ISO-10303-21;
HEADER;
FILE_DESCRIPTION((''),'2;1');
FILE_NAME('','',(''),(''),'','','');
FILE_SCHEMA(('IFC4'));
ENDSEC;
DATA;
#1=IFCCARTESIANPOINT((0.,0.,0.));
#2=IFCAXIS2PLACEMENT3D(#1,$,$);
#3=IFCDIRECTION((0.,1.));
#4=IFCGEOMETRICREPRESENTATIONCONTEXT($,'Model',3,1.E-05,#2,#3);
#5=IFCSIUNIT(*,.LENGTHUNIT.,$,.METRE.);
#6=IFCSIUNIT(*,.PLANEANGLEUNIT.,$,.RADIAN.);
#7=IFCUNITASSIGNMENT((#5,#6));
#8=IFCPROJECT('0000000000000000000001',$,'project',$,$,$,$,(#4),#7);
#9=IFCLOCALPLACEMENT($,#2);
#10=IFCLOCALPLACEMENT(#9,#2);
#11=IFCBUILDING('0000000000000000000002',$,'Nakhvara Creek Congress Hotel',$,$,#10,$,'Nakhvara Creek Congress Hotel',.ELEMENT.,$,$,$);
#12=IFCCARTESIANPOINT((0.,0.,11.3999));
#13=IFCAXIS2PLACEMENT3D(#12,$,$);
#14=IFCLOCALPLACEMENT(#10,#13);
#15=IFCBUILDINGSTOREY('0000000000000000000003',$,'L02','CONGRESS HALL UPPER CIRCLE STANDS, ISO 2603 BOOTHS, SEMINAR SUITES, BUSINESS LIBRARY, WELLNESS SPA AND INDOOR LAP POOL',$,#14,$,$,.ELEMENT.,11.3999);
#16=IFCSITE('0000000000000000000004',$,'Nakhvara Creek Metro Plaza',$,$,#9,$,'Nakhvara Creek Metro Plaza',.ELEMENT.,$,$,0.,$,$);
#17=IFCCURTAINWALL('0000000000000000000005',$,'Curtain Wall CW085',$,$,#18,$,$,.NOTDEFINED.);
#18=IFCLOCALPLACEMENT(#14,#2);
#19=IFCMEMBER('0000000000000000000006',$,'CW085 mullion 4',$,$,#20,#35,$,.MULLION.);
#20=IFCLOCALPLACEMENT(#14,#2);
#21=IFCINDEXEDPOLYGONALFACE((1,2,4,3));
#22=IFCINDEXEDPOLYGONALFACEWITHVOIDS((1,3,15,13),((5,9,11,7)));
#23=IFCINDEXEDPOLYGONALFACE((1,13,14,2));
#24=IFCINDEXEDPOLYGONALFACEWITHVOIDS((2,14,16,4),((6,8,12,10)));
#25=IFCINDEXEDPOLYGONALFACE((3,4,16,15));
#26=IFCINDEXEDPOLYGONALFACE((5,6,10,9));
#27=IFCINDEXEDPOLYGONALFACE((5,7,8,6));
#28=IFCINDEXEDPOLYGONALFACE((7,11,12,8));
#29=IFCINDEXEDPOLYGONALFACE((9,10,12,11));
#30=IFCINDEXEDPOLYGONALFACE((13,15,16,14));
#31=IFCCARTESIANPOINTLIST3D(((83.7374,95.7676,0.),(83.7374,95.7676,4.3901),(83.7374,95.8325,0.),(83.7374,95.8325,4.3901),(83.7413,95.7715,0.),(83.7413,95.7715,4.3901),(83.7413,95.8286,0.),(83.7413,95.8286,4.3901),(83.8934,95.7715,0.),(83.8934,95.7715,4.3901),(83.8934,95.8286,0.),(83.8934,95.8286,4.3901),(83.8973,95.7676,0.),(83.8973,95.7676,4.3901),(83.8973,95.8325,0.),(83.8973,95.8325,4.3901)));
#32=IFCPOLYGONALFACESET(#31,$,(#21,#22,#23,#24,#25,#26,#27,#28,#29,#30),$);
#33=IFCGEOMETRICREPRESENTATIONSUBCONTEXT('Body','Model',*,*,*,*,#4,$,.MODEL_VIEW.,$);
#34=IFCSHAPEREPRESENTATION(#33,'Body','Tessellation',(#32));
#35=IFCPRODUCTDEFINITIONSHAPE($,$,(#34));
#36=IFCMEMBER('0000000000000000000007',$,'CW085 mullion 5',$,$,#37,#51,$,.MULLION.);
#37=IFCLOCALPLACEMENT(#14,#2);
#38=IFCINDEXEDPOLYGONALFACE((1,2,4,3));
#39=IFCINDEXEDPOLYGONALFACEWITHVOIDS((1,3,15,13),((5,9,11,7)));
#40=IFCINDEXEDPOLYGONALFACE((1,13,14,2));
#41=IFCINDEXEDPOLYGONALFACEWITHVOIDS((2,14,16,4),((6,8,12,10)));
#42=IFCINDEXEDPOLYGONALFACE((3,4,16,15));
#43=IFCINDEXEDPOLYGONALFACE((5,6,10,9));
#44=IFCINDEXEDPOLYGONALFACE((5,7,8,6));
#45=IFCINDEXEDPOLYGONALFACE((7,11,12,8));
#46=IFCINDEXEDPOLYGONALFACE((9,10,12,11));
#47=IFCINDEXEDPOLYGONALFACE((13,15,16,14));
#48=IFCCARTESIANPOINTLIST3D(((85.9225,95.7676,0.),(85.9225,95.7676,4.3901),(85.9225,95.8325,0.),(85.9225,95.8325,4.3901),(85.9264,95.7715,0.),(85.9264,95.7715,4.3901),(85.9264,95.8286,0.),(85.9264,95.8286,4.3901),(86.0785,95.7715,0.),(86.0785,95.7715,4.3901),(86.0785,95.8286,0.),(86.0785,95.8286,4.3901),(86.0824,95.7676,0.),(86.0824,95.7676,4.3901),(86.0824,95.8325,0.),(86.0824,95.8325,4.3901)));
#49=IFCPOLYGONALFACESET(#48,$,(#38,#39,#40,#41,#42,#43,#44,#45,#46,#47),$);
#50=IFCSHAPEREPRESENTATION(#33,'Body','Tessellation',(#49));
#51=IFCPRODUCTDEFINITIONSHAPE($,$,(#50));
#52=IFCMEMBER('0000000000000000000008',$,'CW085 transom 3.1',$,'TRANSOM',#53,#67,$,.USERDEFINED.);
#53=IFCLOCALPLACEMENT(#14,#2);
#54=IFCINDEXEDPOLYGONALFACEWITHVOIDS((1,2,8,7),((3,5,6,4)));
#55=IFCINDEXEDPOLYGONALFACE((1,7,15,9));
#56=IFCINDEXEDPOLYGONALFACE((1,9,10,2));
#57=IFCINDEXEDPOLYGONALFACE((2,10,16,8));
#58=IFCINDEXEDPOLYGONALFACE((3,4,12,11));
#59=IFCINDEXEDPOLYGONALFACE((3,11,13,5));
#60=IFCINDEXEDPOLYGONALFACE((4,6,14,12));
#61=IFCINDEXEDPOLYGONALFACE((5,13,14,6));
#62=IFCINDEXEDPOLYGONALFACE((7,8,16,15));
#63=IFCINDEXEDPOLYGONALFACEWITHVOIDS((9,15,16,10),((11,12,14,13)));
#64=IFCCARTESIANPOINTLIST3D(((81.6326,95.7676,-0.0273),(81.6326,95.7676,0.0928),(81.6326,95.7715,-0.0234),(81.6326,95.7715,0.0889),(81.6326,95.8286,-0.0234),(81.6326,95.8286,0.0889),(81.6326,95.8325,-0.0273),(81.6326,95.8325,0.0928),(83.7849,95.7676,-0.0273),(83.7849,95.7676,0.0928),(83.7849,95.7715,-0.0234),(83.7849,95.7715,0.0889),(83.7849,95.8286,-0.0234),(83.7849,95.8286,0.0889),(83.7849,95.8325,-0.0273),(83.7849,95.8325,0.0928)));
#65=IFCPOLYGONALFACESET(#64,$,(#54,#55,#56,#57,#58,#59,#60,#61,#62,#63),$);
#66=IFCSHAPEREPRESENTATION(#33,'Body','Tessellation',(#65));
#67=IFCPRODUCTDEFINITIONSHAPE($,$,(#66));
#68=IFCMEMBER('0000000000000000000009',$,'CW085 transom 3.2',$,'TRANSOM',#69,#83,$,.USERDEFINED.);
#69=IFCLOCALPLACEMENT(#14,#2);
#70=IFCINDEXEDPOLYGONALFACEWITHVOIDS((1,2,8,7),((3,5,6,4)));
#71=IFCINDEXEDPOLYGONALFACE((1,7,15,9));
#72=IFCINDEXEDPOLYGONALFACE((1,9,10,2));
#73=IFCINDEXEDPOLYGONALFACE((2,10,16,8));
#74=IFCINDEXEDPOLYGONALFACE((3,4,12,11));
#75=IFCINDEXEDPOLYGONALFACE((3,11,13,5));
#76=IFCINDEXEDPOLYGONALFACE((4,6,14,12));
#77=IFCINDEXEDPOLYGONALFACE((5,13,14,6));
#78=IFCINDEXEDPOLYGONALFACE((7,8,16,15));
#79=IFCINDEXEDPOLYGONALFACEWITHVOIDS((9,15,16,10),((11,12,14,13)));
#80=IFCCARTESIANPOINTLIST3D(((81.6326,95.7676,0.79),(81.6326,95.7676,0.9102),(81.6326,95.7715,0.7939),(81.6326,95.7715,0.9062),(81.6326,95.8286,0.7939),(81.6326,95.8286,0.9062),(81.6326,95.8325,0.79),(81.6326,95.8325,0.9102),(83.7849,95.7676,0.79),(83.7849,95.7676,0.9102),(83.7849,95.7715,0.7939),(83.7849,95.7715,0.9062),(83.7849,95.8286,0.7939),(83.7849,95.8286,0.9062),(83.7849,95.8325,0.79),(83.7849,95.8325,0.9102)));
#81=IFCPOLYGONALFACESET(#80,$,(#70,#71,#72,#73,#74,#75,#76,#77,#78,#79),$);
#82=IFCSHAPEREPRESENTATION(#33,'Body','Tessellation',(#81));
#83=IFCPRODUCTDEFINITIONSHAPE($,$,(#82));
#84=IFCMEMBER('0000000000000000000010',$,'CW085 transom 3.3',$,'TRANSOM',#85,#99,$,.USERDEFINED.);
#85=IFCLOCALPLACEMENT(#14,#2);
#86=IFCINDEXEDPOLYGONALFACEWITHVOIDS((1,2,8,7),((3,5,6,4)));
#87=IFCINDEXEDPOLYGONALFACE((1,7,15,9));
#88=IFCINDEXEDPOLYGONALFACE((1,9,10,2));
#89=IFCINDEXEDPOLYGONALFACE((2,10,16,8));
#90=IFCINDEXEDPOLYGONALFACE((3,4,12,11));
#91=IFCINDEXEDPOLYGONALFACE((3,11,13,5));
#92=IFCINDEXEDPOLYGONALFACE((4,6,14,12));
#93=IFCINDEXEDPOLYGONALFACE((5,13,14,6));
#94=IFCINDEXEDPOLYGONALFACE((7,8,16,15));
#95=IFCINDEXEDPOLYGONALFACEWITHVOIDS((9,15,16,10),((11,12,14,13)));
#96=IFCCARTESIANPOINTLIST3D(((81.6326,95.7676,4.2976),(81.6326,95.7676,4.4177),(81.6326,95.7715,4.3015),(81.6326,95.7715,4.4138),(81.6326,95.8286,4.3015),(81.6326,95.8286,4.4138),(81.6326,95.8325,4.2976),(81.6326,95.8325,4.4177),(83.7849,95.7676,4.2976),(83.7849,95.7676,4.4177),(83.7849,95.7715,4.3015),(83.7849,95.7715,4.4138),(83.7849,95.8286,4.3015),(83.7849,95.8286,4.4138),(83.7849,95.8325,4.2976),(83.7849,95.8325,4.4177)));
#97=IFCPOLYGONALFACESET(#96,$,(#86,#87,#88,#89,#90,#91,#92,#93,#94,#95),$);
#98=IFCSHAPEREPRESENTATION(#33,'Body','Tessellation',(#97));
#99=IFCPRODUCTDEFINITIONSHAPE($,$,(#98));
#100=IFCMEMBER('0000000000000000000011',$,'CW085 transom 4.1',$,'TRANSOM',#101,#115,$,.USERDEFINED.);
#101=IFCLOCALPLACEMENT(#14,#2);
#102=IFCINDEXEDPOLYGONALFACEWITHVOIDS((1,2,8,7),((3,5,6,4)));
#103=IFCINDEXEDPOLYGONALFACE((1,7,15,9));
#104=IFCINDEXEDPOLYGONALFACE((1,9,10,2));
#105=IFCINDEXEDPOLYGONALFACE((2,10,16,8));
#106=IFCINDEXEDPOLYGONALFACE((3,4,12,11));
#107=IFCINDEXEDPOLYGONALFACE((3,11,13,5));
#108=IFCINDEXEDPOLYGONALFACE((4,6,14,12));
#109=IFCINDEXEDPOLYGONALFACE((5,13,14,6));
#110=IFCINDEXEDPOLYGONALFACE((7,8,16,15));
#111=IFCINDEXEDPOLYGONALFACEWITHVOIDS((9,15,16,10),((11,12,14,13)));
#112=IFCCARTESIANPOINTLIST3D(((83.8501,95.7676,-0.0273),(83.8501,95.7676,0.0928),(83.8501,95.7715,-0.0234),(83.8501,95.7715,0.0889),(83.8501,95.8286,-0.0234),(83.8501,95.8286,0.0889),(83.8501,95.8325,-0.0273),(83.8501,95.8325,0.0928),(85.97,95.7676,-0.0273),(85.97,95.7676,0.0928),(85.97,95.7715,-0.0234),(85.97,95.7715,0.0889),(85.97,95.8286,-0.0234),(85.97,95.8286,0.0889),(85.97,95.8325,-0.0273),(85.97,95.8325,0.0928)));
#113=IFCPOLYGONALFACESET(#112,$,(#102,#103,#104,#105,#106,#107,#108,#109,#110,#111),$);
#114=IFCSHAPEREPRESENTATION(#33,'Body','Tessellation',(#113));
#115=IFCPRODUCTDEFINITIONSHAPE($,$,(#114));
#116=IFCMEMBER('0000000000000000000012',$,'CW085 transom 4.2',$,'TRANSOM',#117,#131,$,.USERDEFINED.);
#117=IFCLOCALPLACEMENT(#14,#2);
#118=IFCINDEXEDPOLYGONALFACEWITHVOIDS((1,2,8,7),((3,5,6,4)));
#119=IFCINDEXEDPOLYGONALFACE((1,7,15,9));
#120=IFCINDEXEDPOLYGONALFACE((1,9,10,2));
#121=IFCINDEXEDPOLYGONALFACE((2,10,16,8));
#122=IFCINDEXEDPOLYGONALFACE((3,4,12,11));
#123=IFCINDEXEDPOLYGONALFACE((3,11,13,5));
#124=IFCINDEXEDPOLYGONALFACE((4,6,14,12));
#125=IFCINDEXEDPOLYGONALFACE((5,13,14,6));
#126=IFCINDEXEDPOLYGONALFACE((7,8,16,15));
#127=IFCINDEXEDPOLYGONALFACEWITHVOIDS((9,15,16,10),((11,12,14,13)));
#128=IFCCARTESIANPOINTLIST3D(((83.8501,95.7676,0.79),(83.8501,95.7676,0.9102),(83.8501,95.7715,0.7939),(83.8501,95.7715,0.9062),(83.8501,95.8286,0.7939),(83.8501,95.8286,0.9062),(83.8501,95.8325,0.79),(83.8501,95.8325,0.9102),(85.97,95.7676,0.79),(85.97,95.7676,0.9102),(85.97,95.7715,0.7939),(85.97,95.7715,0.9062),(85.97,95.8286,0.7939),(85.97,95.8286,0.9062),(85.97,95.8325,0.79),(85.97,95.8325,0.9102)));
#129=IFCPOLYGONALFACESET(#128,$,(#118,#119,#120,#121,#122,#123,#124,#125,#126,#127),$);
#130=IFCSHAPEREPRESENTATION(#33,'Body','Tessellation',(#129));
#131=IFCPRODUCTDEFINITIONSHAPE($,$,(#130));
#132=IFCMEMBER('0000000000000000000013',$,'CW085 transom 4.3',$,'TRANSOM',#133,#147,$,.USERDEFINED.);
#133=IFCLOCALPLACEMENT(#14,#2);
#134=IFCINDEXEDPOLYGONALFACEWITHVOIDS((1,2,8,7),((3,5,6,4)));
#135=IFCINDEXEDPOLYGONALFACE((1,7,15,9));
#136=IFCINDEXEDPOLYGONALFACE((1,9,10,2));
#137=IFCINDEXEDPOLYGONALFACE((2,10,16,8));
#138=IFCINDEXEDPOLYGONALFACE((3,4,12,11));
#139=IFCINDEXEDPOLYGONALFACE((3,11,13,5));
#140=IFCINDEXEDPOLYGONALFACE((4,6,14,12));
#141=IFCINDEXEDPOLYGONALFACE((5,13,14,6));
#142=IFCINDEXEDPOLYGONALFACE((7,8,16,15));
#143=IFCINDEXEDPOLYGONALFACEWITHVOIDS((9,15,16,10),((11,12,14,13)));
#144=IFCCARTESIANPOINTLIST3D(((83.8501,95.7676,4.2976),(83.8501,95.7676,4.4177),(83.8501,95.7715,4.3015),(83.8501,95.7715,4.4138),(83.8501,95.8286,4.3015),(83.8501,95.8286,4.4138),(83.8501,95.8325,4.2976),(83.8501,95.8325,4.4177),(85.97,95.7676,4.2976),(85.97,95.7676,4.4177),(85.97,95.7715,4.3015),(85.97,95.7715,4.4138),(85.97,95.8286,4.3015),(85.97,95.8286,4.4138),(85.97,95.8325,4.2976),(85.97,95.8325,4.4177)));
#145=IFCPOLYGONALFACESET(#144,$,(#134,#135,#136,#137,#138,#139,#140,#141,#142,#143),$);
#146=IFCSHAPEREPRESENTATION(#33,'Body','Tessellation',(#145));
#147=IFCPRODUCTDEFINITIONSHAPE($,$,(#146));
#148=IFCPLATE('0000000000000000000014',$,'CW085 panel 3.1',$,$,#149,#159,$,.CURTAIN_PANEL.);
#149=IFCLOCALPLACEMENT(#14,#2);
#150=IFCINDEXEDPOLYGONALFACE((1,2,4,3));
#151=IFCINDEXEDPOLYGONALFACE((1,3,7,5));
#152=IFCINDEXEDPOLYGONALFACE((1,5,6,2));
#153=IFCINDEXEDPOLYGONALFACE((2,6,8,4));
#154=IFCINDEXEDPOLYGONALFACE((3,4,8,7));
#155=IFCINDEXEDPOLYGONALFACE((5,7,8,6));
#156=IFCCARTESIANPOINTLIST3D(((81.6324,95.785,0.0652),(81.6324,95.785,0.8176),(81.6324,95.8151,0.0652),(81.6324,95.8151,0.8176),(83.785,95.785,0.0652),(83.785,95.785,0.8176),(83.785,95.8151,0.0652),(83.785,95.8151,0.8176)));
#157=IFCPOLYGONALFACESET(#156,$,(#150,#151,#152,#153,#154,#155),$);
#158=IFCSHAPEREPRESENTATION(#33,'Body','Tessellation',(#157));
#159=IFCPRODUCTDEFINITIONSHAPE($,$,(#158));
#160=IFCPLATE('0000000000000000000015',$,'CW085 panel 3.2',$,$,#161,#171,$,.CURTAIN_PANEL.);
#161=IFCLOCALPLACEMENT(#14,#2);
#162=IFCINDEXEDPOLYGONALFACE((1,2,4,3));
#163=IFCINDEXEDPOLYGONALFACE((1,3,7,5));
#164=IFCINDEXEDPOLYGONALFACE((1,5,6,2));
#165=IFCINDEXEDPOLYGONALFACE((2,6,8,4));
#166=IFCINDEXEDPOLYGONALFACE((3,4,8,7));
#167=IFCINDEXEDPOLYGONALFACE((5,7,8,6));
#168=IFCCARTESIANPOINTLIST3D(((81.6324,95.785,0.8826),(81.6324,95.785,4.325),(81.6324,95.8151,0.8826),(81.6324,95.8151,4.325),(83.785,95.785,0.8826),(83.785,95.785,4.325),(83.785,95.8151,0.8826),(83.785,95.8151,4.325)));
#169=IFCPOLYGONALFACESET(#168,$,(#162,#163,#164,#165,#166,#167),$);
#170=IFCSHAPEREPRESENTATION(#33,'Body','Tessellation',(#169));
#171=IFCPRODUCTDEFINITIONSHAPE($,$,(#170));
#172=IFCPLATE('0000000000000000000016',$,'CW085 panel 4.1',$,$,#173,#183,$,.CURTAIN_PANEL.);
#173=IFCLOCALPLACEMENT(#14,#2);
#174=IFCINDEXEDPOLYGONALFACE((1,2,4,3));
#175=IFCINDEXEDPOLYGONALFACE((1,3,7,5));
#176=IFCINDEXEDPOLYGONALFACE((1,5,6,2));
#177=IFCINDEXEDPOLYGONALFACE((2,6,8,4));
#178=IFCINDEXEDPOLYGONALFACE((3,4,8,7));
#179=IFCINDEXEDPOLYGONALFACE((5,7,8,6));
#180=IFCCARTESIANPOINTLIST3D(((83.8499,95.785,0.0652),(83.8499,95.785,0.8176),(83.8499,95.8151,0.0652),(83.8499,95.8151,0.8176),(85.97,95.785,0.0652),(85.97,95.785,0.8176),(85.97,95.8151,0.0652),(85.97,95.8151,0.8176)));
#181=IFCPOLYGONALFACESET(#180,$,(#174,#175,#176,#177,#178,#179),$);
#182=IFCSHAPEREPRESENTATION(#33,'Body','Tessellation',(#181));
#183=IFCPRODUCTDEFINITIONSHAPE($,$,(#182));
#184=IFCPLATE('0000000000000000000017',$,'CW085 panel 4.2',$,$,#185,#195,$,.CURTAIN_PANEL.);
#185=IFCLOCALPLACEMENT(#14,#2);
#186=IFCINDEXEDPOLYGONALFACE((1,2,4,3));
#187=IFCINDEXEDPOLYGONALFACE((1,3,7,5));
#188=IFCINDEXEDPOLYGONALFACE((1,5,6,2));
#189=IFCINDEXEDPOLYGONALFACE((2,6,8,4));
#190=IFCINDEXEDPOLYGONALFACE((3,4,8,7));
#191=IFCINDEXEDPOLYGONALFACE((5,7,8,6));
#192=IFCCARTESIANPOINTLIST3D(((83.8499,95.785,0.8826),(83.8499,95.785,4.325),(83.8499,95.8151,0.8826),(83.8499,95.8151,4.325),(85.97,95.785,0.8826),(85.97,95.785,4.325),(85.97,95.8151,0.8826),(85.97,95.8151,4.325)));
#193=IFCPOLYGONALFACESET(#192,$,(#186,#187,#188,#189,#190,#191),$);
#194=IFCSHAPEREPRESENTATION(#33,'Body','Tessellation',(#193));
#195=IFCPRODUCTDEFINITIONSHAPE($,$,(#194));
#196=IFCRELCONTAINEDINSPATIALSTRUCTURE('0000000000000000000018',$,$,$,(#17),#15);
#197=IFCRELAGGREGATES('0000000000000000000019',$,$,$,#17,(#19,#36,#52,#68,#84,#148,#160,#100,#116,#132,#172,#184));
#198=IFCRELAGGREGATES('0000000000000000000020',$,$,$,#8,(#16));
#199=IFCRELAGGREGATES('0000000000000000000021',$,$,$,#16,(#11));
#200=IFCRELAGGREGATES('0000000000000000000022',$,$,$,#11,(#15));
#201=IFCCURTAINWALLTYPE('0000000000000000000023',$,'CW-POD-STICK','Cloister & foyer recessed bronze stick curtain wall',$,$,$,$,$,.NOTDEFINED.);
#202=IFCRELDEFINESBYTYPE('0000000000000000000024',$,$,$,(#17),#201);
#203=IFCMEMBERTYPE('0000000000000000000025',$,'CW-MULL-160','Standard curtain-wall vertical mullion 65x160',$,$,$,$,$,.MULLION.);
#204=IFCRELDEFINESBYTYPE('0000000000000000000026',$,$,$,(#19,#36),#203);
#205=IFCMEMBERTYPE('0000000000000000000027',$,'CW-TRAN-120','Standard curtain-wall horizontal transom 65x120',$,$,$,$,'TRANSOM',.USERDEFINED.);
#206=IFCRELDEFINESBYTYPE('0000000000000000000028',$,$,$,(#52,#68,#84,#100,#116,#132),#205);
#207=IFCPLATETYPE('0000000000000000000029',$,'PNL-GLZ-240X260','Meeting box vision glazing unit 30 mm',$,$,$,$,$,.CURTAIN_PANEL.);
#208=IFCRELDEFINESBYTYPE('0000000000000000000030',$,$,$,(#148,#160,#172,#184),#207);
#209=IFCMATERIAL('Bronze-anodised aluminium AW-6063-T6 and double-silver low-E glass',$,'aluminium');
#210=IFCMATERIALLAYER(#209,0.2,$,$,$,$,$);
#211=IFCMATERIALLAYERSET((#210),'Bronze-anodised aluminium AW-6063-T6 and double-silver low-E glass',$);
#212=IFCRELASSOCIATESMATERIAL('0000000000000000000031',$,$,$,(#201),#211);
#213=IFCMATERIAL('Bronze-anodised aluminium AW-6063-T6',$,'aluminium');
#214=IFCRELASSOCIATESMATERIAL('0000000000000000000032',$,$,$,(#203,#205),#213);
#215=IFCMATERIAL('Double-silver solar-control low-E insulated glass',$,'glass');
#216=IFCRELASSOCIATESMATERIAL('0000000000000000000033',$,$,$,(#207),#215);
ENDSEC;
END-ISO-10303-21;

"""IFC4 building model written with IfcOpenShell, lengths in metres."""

from ifc_helpers import new_model, si_unit, direction, frame, origin, origin_2d, place, context, subcontext, project, spatial, rectangle, hollow_rectangle, extrude, material, layer, layer_set, material_profile, profile_set, type_object, element, aggregate, save


model = new_model("IFC4")

# Units and contexts
model_context = context("Model", 3, precision=1e-05, world=origin(), true_north=direction((0.0, 1.0)))
body_context = subcontext(model_context, "Body", "Model", "MODEL_VIEW")
ifc_project = project(units=[si_unit("LENGTHUNIT", "METRE"), si_unit("PLANEANGLEUNIT", "RADIAN")], contexts=[model_context])

# Site, building, storey
site_placement = place(None, origin())
site = spatial("IfcSite", under=ifc_project, at=site_placement, Name="Nakhvara Creek Metro Plaza", LongName="Nakhvara Creek Metro Plaza", CompositionType="ELEMENT", RefElevation=0.0)
building_placement = place(site_placement, origin())
building = spatial("IfcBuilding", under=site, at=building_placement, Name="Nakhvara Creek Congress Hotel", LongName="Nakhvara Creek Congress Hotel", CompositionType="ELEMENT")
storey_placement = place(building_placement, frame((0.0, 0.0, 11.3999)))
storey = spatial("IfcBuildingStorey", under=building, at=storey_placement, Name="L02", Description="CONGRESS HALL UPPER CIRCLE STANDS, ISO 2603 BOOTHS, SEMINAR SUITES, BUSINESS LIBRARY, WELLNESS SPA AND INDOOR LAP POOL", CompositionType="ELEMENT", Elevation=11.3999)

# Curtain wall, members, plates
ifc_material_1 = material(Name="Bronze-anodised aluminium AW-6063-T6 and double-silver low-E glass", Category="aluminium")
ifc_layer_1 = layer(ifc_material_1, 0.2)
ifc_layer_set_1 = layer_set([ifc_layer_1], Name="Bronze-anodised aluminium AW-6063-T6 and double-silver low-E glass")
curtain_wall_type = type_object("IfcCurtainWallType", Name="CW-POD-STICK", Description="Cloister & foyer recessed bronze stick curtain wall", PredefinedType="NOTDEFINED", material=ifc_layer_set_1)
curtain_wall_placement = place(storey_placement, origin())
curtain_wall = element("IfcCurtainWall", 1, at=curtain_wall_placement, inside=storey, type_object=curtain_wall_type, Name="Curtain Wall CW085", PredefinedType="NOTDEFINED")
ifc_material_2 = material(Name="Bronze-anodised aluminium AW-6063-T6", Category="aluminium")
ifc_material_profile_1 = material_profile(ifc_material_2, hollow_rectangle(XDim=0.0649, YDim=0.1599, WallThickness=0.0039, at=origin_2d()), Name="ALU-MULL 65x160x4", Category="LoadBearing")
ifc_profile_set_1 = profile_set([ifc_material_profile_1], Name="Bronze-anodised aluminium AW-6063-T6")
member_type_1 = type_object("IfcMemberType", Name="CW-MULL-160", Description="Standard curtain-wall vertical mullion 65x160", PredefinedType="MULLION", material=ifc_profile_set_1)
member_1_placement = place(storey_placement, frame((83.8174, 95.8, 0.0), z_axis=(0.0, 0.0, 1.0), x_axis=(0.0, 1.0, 0.0)))
member_1 = element("IfcMember", 2, at=member_1_placement, type_object=member_type_1, Name="CW085 mullion 4", PredefinedType="MULLION", context=body_context, shape_type="SweptSolid", body=[
    extrude(hollow_rectangle(XDim=0.0649, YDim=0.1599, WallThickness=0.0039, at=origin_2d()), origin(), (0.0, 0.0, 1.0), 4.3901),
])
member_2_placement = place(storey_placement, frame((86.0024, 95.8, 0.0), z_axis=(0.0, 0.0, 1.0), x_axis=(0.0, 1.0, 0.0)))
member_2 = element("IfcMember", 3, at=member_2_placement, type_object=member_type_1, Name="CW085 mullion 5", PredefinedType="MULLION", context=body_context, shape_type="SweptSolid", body=[
    extrude(hollow_rectangle(XDim=0.0649, YDim=0.1599, WallThickness=0.0039, at=origin_2d()), origin(), (0.0, 0.0, 1.0), 4.3901),
])
ifc_material_profile_2 = material_profile(ifc_material_2, hollow_rectangle(XDim=0.0649, YDim=0.1201, WallThickness=0.0039, at=origin_2d()), Name="ALU-TRAN 65x120x4", Category="LoadBearing")
ifc_profile_set_2 = profile_set([ifc_material_profile_2], Name="Bronze-anodised aluminium AW-6063-T6")
member_type_2 = type_object("IfcMemberType", Name="CW-TRAN-120", Description="Standard curtain-wall horizontal transom 65x120", ElementType="TRANSOM", PredefinedType="USERDEFINED", material=ifc_profile_set_2)
member_3_placement = place(storey_placement, frame((81.6326, 95.8, 0.0327), z_axis=(1.0, 0.0, 0.0), x_axis=(0.0, 1.0, 0.0)))
member_3 = element("IfcMember", 4, at=member_3_placement, type_object=member_type_2, Name="CW085 transom 3.1", ObjectType="TRANSOM", PredefinedType="USERDEFINED", context=body_context, shape_type="SweptSolid", body=[
    extrude(hollow_rectangle(XDim=0.0649, YDim=0.1201, WallThickness=0.0039, at=origin_2d()), origin(), (0.0, 0.0, 1.0), 2.1523),
])
member_4_placement = place(storey_placement, frame((81.6326, 95.8, 0.8501), z_axis=(1.0, 0.0, 0.0), x_axis=(0.0, 1.0, 0.0)))
member_4 = element("IfcMember", 5, at=member_4_placement, type_object=member_type_2, Name="CW085 transom 3.2", ObjectType="TRANSOM", PredefinedType="USERDEFINED", context=body_context, shape_type="SweptSolid", body=[
    extrude(hollow_rectangle(XDim=0.0649, YDim=0.1201, WallThickness=0.0039, at=origin_2d()), origin(), (0.0, 0.0, 1.0), 2.1523),
])
member_5_placement = place(storey_placement, frame((81.6326, 95.8, 4.3577), z_axis=(1.0, 0.0, 0.0), x_axis=(0.0, 1.0, 0.0)))
member_5 = element("IfcMember", 6, at=member_5_placement, type_object=member_type_2, Name="CW085 transom 3.3", ObjectType="TRANSOM", PredefinedType="USERDEFINED", context=body_context, shape_type="SweptSolid", body=[
    extrude(hollow_rectangle(XDim=0.0649, YDim=0.1201, WallThickness=0.0039, at=origin_2d()), origin(), (0.0, 0.0, 1.0), 2.1523),
])
member_6_placement = place(storey_placement, frame((83.8501, 95.8, 0.0327), z_axis=(1.0, 0.0, 0.0), x_axis=(0.0, 1.0, 0.0)))
member_6 = element("IfcMember", 7, at=member_6_placement, type_object=member_type_2, Name="CW085 transom 4.1", ObjectType="TRANSOM", PredefinedType="USERDEFINED", context=body_context, shape_type="SweptSolid", body=[
    extrude(hollow_rectangle(XDim=0.0649, YDim=0.1201, WallThickness=0.0039, at=origin_2d()), origin(), (0.0, 0.0, 1.0), 2.1199),
])
member_7_placement = place(storey_placement, frame((83.8501, 95.8, 0.8501), z_axis=(1.0, 0.0, 0.0), x_axis=(0.0, 1.0, 0.0)))
member_7 = element("IfcMember", 8, at=member_7_placement, type_object=member_type_2, Name="CW085 transom 4.2", ObjectType="TRANSOM", PredefinedType="USERDEFINED", context=body_context, shape_type="SweptSolid", body=[
    extrude(hollow_rectangle(XDim=0.0649, YDim=0.1201, WallThickness=0.0039, at=origin_2d()), origin(), (0.0, 0.0, 1.0), 2.1199),
])
member_8_placement = place(storey_placement, frame((83.8501, 95.8, 4.3577), z_axis=(1.0, 0.0, 0.0), x_axis=(0.0, 1.0, 0.0)))
member_8 = element("IfcMember", 9, at=member_8_placement, type_object=member_type_2, Name="CW085 transom 4.3", ObjectType="TRANSOM", PredefinedType="USERDEFINED", context=body_context, shape_type="SweptSolid", body=[
    extrude(hollow_rectangle(XDim=0.0649, YDim=0.1201, WallThickness=0.0039, at=origin_2d()), origin(), (0.0, 0.0, 1.0), 2.1199),
])
ifc_material_3 = material(Name="Double-silver solar-control low-E insulated glass", Category="glass")
plate_type = type_object("IfcPlateType", Name="PNL-GLZ-240X260", Description="Meeting box vision glazing unit 30 mm", PredefinedType="CURTAIN_PANEL", material=ifc_material_3)
plate_1_placement = place(storey_placement, frame((82.7087, 95.8, 0.0652), z_axis=(0.0, 0.0, 1.0), x_axis=(1.0, 0.0, 0.0)))
plate_1 = element("IfcPlate", 10, at=plate_1_placement, type_object=plate_type, Name="CW085 panel 3.1", PredefinedType="CURTAIN_PANEL", context=body_context, shape_type="SweptSolid", body=[
    extrude(rectangle(XDim=2.1526, YDim=0.03, at=origin_2d()), origin(), (0.0, 0.0, 1.0), 0.7524),
])
plate_2_placement = place(storey_placement, frame((82.7087, 95.8, 0.8826), z_axis=(0.0, 0.0, 1.0), x_axis=(1.0, 0.0, 0.0)))
plate_2 = element("IfcPlate", 11, at=plate_2_placement, type_object=plate_type, Name="CW085 panel 3.2", PredefinedType="CURTAIN_PANEL", context=body_context, shape_type="SweptSolid", body=[
    extrude(rectangle(XDim=2.1526, YDim=0.03, at=origin_2d()), origin(), (0.0, 0.0, 1.0), 3.4424),
])
plate_3_placement = place(storey_placement, frame((84.9099, 95.8, 0.0652), z_axis=(0.0, 0.0, 1.0), x_axis=(1.0, 0.0, 0.0)))
plate_3 = element("IfcPlate", 12, at=plate_3_placement, type_object=plate_type, Name="CW085 panel 4.1", PredefinedType="CURTAIN_PANEL", context=body_context, shape_type="SweptSolid", body=[
    extrude(rectangle(XDim=2.1201, YDim=0.03, at=origin_2d()), origin(), (0.0, 0.0, 1.0), 0.7524),
])
plate_4_placement = place(storey_placement, frame((84.9099, 95.8, 0.8826), z_axis=(0.0, 0.0, 1.0), x_axis=(1.0, 0.0, 0.0)))
plate_4 = element("IfcPlate", 13, at=plate_4_placement, type_object=plate_type, Name="CW085 panel 4.2", PredefinedType="CURTAIN_PANEL", context=body_context, shape_type="SweptSolid", body=[
    extrude(rectangle(XDim=2.1201, YDim=0.03, at=origin_2d()), origin(), (0.0, 0.0, 1.0), 3.4424),
])
aggregate(curtain_wall, [member_1, member_2, member_3, member_4, member_5, plate_1, plate_2, member_6, member_7, member_8, plate_3, plate_4])

save(model, "model.ifc")
